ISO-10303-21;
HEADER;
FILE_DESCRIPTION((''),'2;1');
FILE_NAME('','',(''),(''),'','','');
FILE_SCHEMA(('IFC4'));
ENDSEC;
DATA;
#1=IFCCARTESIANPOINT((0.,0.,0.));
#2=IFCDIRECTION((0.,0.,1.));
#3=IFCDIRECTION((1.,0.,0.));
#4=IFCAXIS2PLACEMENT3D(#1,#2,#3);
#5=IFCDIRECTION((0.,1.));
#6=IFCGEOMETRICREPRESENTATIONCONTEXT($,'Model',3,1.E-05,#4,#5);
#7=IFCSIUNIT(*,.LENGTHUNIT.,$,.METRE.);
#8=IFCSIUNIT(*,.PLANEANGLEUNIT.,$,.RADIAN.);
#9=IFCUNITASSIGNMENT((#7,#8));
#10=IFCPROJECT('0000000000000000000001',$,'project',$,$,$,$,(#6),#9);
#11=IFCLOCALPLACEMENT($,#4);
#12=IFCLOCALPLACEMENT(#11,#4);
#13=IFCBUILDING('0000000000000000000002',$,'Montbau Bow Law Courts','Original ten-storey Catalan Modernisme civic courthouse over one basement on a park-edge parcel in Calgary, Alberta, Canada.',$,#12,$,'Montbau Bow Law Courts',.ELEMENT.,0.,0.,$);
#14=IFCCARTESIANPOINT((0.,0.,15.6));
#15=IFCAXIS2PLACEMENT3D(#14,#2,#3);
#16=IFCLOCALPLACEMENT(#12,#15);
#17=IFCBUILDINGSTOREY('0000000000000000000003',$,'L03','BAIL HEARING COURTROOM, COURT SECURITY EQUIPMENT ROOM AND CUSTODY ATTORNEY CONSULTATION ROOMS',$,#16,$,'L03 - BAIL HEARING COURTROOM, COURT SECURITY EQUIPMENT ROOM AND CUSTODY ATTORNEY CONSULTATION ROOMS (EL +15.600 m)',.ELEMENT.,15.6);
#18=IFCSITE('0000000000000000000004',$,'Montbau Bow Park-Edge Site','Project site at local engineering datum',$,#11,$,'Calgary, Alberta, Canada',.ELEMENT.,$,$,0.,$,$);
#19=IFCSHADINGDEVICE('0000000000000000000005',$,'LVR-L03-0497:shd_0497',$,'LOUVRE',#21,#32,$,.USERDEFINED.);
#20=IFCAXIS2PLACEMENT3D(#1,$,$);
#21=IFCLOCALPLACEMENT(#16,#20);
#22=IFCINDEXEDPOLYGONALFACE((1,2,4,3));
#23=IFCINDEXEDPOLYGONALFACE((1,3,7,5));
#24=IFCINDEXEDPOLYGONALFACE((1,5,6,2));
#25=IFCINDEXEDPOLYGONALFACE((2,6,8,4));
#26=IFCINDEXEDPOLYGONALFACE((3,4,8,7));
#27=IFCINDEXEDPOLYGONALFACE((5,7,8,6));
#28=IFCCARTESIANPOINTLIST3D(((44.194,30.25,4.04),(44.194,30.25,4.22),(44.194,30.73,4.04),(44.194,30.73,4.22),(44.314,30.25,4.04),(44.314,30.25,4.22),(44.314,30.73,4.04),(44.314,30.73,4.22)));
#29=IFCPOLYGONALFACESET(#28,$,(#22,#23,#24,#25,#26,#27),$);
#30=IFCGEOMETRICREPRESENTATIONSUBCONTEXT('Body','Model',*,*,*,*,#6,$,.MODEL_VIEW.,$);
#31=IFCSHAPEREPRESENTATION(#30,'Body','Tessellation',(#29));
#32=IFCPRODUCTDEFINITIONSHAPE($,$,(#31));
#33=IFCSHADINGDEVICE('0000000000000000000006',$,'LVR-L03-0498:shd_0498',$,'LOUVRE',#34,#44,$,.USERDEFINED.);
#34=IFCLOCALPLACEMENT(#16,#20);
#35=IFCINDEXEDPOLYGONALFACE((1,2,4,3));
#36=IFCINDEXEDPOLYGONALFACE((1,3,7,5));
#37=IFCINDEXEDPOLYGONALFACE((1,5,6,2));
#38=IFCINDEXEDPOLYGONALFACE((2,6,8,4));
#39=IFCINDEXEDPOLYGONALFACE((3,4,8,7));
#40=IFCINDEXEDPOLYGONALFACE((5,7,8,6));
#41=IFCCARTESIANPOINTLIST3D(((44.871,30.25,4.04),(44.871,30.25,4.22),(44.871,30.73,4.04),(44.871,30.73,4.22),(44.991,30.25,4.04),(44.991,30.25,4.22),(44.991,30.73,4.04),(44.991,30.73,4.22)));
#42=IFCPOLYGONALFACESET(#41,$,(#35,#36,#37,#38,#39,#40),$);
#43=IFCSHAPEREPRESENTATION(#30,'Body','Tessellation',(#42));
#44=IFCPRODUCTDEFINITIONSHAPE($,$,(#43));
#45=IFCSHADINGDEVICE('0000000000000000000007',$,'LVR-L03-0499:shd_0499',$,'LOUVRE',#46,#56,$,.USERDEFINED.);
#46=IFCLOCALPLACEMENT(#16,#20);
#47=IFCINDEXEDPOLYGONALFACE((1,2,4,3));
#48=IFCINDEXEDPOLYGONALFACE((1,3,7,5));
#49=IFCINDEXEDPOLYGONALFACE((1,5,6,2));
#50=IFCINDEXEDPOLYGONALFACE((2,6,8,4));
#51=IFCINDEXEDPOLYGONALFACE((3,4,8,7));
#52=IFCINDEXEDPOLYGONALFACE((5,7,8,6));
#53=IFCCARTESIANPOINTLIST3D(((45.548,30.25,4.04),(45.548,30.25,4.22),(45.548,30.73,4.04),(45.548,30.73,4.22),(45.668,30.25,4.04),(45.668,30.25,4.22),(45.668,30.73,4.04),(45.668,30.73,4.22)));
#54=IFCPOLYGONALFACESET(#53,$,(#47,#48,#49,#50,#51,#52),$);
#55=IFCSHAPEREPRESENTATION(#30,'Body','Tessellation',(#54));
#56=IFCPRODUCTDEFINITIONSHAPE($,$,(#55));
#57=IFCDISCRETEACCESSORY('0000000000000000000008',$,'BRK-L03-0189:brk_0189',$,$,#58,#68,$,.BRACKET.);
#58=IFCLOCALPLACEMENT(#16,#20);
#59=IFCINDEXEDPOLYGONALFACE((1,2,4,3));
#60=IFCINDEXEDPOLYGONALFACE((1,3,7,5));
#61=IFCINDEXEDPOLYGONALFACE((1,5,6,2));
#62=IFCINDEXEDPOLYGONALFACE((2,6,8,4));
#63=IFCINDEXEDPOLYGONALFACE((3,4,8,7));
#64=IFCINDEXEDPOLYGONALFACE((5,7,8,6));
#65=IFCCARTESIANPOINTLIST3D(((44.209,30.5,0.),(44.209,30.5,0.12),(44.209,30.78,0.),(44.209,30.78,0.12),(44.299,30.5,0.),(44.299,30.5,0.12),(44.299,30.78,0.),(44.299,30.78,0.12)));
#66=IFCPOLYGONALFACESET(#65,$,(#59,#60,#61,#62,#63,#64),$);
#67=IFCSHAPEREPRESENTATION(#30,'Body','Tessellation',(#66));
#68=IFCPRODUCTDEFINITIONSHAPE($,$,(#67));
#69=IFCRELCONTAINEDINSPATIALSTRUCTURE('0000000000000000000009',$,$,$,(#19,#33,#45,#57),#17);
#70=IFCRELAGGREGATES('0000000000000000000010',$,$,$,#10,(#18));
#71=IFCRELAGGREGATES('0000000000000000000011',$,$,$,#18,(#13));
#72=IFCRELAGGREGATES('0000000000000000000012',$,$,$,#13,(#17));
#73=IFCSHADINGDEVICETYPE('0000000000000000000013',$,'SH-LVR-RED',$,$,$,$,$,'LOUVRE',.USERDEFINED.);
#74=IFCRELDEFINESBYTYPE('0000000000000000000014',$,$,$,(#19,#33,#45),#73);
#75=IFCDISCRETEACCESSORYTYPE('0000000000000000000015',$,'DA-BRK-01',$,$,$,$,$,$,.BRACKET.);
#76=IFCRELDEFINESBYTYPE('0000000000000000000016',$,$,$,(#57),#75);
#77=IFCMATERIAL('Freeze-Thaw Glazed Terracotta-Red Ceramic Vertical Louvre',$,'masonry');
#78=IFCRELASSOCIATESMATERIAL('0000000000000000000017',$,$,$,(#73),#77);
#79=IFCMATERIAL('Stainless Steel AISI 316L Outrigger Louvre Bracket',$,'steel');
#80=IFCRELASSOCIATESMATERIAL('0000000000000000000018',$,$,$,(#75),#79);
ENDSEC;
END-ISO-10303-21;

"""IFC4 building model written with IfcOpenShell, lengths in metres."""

from ifc_helpers import new_model, si_unit, direction, frame, origin_with_axes, origin_2d_with_axis, place, context, subcontext, project, spatial, rectangle, extrude, material, type_object, element, save


model = new_model("IFC4")

# Units and contexts
model_context = context("Model", 3, precision=1e-05, world=origin_with_axes(), true_north=direction((0.0, 1.0)))
body_context = subcontext(model_context, "Body", "Model", "MODEL_VIEW")
ifc_project = project(units=[si_unit("LENGTHUNIT", "METRE"), si_unit("PLANEANGLEUNIT", "RADIAN")], contexts=[model_context])

# Site, building, storey
site_placement = place(None, origin_with_axes())
site = spatial("IfcSite", under=ifc_project, at=site_placement, Name="Montbau Bow Park-Edge Site", Description="Project site at local engineering datum", LongName="Calgary, Alberta, Canada", CompositionType="ELEMENT", RefElevation=0.0)
building_placement = place(site_placement, origin_with_axes())
building = spatial("IfcBuilding", under=site, at=building_placement, Name="Montbau Bow Law Courts", Description="Original ten-storey Catalan Modernisme civic courthouse over one basement on a park-edge parcel in Calgary, Alberta, Canada.", LongName="Montbau Bow Law Courts", CompositionType="ELEMENT", ElevationOfRefHeight=0.0, ElevationOfTerrain=0.0)
storey_placement = place(building_placement, frame((0.0, 0.0, 15.6), z_axis=(0.0, 0.0, 1.0), x_axis=(1.0, 0.0, 0.0)))
storey = spatial("IfcBuildingStorey", under=building, at=storey_placement, Name="L03", Description="BAIL HEARING COURTROOM, COURT SECURITY EQUIPMENT ROOM AND CUSTODY ATTORNEY CONSULTATION ROOMS", LongName="L03 - BAIL HEARING COURTROOM, COURT SECURITY EQUIPMENT ROOM AND CUSTODY ATTORNEY CONSULTATION ROOMS (EL +15.600 m)", CompositionType="ELEMENT", Elevation=15.6)

# Shared definitions
ifc_material_1 = material(Name="Freeze-Thaw Glazed Terracotta-Red Ceramic Vertical Louvre", Category="masonry")

# Shading devices
shading_device_type = type_object("IfcShadingDeviceType", Name="SH-LVR-RED", ElementType="LOUVRE", PredefinedType="USERDEFINED", material=ifc_material_1)
for number, where, z_axis, x_axis, name in (
    (1, (44.254, 30.49, 19.64), (0.0, 0.0, 1.0), (0.0, -1.0, 0.0), "LVR-L03-0497:shd_0497"),
    (2, (44.931, 30.49, 19.64), (0.0, 0.0, 1.0), (0.0, -1.0, 0.0), "LVR-L03-0498:shd_0498"),
    (3, (45.608, 30.49, 19.64), (0.0, 0.0, 1.0), (0.0, -1.0, 0.0), "LVR-L03-0499:shd_0499"),
):
    element("IfcShadingDevice", number, at=place(None, frame(where, z_axis=z_axis, x_axis=x_axis)), inside=storey, type_object=shading_device_type, Name=name, ObjectType="LOUVRE", PredefinedType="USERDEFINED", context=body_context, shape_type="SweptSolid", body=[
        extrude(rectangle(XDim=0.48, YDim=0.12, at=origin_2d_with_axis()), origin_with_axes(), (0.0, 0.0, 1.0), 0.18),
    ])

# Discrete accessory
ifc_material_2 = material(Name="Stainless Steel AISI 316L Outrigger Louvre Bracket", Category="steel")
discrete_accessory_type = type_object("IfcDiscreteAccessoryType", Name="DA-BRK-01", PredefinedType="BRACKET", material=ifc_material_2)
discrete_accessory_placement = place(None, frame((44.254, 30.64, 15.6), z_axis=(0.0, 0.0, 1.0), x_axis=(0.0, -1.0, 0.0)))
element("IfcDiscreteAccessory", 4, at=discrete_accessory_placement, inside=storey, type_object=discrete_accessory_type, Name="BRK-L03-0189:brk_0189", PredefinedType="BRACKET", context=body_context, shape_type="SweptSolid", body=[
    extrude(rectangle(XDim=0.28, YDim=0.09, at=origin_2d_with_axis()), origin_with_axes(), (0.0, 0.0, 1.0), 0.12),
])

save(model, "model.ifc")
